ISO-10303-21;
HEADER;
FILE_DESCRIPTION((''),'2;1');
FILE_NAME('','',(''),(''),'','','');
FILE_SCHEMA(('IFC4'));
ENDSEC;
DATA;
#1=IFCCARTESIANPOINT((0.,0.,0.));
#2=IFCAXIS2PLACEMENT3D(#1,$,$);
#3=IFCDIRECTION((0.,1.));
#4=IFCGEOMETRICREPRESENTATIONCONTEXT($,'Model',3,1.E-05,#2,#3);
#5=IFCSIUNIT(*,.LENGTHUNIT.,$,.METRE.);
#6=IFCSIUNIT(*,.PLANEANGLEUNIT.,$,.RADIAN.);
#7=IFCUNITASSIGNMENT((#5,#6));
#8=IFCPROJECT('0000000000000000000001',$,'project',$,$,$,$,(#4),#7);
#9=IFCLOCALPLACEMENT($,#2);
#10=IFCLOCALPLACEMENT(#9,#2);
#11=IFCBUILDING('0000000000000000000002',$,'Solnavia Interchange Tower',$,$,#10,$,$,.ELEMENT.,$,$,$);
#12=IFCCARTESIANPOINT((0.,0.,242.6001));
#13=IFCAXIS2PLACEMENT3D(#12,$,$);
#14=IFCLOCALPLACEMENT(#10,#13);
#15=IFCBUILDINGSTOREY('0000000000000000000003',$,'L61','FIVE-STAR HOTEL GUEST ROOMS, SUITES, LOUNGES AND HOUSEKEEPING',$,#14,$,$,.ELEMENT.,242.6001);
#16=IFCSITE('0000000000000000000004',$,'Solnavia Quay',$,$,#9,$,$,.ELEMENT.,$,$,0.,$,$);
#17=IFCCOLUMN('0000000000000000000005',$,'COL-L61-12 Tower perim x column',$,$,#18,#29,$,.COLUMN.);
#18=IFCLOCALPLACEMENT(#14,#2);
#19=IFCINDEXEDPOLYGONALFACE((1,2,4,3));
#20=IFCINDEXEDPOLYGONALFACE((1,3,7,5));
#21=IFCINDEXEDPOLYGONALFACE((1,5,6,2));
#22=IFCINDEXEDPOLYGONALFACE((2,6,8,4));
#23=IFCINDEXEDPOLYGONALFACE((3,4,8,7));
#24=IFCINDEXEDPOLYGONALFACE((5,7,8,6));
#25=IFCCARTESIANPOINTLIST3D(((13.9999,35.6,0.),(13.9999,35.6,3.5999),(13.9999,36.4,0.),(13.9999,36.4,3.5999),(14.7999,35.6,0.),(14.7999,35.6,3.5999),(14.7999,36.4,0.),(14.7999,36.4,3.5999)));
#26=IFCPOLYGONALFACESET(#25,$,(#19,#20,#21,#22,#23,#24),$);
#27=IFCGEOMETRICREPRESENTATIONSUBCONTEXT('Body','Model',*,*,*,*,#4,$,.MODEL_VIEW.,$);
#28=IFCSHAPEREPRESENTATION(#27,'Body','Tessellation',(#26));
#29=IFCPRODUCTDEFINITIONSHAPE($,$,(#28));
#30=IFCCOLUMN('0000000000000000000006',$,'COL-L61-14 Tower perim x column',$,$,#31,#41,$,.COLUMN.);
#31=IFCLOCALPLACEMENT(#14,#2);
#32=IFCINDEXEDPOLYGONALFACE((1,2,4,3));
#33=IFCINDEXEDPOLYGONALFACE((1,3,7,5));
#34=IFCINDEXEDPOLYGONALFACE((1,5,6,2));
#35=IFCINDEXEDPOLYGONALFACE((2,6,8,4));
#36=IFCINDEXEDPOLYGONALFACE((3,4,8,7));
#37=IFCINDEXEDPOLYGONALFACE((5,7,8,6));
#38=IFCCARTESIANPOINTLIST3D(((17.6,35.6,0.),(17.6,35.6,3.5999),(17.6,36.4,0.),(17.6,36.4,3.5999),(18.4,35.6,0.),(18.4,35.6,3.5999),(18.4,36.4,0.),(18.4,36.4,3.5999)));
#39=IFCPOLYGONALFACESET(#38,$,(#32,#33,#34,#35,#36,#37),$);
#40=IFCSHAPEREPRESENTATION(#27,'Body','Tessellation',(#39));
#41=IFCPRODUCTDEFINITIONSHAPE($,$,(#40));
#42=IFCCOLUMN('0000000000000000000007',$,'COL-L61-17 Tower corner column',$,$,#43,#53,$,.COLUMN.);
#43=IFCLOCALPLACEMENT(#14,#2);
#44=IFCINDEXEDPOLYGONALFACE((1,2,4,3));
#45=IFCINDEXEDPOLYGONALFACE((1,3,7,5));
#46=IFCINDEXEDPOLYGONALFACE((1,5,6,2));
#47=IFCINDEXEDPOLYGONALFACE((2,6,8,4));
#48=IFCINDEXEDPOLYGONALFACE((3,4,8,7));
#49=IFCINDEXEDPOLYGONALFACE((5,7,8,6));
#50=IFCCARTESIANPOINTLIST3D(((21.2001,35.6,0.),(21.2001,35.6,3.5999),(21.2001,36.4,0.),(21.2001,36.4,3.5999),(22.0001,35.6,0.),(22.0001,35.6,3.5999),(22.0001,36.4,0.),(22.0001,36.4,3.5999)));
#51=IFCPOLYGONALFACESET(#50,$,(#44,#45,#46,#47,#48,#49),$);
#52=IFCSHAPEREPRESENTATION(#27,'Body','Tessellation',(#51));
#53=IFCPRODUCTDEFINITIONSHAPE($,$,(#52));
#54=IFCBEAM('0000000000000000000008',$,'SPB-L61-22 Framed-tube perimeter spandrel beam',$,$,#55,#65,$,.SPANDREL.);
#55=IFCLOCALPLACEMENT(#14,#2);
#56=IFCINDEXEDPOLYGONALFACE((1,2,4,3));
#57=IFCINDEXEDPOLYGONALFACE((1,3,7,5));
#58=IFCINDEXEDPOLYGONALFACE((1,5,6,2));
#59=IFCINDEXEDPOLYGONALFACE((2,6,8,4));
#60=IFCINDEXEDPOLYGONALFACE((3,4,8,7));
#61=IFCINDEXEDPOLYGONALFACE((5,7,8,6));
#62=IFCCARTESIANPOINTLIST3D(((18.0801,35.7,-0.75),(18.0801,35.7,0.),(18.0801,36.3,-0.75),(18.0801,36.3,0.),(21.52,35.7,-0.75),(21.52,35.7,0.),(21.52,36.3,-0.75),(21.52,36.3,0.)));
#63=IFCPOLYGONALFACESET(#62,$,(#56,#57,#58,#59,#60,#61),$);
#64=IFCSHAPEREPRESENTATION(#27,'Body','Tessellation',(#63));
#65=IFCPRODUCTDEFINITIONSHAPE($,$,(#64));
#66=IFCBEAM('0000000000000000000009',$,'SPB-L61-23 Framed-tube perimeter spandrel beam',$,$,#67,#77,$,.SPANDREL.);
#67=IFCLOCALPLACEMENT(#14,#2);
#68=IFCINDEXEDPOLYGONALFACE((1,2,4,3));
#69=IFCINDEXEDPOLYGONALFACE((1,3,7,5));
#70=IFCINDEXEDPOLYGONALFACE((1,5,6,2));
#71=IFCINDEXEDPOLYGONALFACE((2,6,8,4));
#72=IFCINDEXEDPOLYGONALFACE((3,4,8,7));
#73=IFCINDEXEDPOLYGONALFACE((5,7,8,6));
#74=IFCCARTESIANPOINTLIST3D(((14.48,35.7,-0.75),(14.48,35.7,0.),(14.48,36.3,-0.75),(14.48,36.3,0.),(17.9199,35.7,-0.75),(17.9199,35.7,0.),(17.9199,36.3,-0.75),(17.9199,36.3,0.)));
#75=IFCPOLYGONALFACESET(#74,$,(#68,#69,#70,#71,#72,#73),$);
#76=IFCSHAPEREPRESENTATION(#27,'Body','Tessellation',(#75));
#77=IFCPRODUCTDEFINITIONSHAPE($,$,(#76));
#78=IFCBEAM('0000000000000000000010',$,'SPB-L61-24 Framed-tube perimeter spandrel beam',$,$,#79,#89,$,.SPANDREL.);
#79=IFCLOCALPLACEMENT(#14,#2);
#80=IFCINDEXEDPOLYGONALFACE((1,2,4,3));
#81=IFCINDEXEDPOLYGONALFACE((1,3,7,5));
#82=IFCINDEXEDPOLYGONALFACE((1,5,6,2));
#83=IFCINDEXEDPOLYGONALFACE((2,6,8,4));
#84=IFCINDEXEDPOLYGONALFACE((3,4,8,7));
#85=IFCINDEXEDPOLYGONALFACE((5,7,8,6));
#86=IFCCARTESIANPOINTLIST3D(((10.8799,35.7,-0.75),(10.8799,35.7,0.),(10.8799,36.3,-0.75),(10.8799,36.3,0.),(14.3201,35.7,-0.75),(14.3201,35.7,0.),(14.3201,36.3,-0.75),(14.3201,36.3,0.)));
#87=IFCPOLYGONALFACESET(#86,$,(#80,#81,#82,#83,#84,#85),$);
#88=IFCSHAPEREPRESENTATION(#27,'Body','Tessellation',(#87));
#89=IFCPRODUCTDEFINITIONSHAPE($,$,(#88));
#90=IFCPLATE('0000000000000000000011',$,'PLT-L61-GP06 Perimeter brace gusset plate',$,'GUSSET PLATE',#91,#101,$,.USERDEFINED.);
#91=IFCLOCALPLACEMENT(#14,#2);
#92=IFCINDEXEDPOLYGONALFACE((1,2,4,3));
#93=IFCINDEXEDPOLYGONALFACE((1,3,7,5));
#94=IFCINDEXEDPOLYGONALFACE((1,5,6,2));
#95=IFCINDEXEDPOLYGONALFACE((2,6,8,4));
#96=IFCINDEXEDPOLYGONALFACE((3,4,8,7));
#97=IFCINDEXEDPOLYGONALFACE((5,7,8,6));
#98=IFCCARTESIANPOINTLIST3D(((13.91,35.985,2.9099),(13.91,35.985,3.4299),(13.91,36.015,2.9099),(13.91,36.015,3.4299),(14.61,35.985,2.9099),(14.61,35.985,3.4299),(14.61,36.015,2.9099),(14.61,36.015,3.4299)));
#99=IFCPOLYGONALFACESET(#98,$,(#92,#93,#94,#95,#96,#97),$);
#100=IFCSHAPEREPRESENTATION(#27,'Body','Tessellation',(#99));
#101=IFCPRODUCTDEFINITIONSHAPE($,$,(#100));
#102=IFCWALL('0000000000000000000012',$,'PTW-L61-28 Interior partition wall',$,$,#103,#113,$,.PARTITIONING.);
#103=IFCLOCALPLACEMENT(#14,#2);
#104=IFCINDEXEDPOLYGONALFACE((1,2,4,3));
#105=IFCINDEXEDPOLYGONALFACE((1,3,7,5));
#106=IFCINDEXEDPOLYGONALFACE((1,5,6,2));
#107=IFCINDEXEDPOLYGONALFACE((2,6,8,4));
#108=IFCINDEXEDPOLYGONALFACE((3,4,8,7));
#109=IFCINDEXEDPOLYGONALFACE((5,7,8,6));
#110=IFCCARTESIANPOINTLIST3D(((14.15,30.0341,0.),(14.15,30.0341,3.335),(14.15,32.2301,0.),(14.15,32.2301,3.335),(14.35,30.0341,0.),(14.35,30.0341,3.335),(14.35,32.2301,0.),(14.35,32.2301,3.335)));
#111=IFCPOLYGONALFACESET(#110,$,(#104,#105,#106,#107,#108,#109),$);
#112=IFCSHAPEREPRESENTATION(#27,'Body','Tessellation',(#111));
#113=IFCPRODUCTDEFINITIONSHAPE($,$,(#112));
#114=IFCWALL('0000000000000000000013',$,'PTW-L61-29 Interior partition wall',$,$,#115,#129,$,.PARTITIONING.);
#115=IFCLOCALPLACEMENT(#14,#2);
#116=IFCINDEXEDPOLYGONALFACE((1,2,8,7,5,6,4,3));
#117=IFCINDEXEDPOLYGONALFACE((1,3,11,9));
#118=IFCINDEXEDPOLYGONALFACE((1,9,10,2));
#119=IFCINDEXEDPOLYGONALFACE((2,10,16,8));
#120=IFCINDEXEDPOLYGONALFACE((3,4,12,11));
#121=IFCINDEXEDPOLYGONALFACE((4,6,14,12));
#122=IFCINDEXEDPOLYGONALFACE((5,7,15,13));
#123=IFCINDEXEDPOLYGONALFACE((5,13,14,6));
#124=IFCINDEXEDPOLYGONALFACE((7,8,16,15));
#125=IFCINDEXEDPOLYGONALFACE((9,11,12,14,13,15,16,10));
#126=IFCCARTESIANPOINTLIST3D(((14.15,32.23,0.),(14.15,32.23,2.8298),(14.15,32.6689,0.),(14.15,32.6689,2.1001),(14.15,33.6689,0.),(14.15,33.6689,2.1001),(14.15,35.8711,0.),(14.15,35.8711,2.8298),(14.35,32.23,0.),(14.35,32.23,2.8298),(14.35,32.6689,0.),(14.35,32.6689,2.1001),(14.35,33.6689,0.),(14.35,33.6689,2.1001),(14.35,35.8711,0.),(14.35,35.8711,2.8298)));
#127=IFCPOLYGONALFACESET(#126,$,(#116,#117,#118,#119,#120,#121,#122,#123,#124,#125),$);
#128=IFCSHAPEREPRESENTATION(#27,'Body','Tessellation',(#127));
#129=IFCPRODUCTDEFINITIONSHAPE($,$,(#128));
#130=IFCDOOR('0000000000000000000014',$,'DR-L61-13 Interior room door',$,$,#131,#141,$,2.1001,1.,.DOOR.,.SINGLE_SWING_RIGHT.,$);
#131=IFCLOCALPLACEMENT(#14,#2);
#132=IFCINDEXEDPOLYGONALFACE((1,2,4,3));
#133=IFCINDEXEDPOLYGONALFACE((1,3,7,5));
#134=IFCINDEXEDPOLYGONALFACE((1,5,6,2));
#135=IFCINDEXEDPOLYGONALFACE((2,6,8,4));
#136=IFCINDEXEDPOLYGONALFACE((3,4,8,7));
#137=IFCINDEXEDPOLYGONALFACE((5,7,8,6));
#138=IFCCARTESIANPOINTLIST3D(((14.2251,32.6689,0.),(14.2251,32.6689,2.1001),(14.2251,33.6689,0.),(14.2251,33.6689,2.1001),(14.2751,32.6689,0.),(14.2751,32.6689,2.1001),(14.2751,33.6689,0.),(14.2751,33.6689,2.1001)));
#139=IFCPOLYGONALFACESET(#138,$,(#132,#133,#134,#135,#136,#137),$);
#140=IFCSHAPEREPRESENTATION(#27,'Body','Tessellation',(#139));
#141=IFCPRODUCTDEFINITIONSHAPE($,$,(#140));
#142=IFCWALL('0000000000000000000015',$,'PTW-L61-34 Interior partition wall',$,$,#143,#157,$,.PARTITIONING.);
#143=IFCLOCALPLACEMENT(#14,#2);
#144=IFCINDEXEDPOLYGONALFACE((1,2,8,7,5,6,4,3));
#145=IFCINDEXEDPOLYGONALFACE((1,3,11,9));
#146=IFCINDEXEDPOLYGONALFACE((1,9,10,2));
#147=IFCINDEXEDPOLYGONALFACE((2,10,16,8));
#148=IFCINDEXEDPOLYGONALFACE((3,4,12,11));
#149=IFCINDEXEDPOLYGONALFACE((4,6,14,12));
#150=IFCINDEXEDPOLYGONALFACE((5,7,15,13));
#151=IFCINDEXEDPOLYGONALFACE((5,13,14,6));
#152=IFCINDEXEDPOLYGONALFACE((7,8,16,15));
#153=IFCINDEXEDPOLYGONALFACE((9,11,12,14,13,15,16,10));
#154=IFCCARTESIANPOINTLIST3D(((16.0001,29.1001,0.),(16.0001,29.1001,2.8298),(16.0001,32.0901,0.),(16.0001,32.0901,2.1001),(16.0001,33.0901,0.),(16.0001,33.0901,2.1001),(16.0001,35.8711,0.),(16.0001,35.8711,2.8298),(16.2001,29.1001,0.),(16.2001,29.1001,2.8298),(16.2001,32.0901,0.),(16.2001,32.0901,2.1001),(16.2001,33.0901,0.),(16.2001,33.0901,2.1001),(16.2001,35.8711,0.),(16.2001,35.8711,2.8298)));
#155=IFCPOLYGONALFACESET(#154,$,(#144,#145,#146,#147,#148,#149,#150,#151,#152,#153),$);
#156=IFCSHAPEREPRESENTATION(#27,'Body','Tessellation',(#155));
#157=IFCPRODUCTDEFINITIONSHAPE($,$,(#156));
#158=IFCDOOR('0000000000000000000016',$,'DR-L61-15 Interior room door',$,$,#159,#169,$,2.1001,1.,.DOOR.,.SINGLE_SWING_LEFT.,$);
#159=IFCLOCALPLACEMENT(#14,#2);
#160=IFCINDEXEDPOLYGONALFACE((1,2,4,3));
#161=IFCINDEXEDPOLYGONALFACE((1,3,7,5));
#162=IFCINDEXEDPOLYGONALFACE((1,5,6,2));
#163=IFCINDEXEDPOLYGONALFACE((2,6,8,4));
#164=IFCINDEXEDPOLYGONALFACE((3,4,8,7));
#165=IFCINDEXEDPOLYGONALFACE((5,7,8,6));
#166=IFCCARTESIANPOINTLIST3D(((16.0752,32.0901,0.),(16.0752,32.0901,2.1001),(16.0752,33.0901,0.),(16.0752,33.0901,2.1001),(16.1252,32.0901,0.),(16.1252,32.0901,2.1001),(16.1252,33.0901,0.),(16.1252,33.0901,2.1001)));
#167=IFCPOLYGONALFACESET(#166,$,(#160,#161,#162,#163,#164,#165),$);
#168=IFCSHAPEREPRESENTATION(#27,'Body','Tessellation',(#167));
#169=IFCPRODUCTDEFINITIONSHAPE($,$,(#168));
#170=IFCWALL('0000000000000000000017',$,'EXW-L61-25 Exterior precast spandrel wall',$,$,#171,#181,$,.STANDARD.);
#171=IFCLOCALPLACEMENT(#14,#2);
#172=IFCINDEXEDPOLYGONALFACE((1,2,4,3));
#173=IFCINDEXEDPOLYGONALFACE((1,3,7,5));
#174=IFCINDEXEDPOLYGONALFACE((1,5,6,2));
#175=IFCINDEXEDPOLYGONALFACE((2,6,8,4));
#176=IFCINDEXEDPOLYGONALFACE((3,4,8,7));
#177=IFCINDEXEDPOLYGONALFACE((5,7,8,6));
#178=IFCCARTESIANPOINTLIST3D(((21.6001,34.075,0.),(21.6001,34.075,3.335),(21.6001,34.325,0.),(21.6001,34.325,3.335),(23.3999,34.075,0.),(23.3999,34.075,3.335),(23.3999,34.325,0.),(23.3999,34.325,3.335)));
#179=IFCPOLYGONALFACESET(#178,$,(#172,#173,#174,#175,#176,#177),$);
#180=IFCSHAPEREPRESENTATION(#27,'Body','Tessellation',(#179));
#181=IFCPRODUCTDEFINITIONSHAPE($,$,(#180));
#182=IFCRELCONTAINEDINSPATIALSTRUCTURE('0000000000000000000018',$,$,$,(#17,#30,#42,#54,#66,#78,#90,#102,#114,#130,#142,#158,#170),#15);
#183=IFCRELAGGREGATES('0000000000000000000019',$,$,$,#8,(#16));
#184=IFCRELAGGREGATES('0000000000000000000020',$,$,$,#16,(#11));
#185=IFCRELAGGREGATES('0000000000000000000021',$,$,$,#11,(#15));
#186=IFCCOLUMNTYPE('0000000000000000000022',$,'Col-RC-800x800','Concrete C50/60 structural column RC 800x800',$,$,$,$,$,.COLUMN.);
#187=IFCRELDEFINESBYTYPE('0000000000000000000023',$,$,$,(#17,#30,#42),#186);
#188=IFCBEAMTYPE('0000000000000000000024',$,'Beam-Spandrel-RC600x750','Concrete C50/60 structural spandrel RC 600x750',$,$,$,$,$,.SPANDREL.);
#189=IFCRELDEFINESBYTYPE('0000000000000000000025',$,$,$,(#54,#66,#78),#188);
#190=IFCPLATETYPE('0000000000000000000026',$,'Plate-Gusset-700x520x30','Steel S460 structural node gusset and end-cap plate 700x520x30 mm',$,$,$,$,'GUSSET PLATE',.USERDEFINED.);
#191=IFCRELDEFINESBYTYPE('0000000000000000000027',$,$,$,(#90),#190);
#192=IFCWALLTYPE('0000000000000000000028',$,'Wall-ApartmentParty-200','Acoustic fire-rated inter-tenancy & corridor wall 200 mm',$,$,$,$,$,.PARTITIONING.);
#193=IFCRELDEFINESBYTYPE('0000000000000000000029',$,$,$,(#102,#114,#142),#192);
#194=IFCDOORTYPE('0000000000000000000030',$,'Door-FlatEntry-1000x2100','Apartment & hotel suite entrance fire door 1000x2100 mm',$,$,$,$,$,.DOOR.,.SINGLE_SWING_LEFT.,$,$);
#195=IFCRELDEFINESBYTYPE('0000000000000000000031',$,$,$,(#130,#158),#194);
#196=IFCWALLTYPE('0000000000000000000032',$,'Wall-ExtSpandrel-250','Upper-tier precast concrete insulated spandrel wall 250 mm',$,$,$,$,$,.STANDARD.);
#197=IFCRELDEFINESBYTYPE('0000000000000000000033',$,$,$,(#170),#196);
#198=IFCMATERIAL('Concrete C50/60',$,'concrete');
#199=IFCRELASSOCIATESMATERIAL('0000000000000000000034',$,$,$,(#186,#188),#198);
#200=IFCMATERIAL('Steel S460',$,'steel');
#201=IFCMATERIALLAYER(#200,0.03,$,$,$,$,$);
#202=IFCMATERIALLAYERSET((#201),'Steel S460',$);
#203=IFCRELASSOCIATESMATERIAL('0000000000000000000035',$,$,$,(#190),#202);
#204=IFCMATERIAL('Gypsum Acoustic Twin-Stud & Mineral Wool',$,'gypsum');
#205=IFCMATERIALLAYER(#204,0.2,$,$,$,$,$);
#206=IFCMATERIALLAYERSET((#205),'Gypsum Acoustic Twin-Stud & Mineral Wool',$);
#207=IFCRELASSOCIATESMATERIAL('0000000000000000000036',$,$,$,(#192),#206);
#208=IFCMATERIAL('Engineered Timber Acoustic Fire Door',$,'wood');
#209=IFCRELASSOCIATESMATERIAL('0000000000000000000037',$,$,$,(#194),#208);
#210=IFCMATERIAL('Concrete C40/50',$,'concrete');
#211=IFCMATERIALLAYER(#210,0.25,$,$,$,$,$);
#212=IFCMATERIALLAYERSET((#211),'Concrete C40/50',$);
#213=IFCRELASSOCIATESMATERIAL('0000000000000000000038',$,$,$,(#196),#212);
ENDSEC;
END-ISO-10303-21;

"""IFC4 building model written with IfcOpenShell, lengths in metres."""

from ifc_helpers import new_model, si_unit, direction, frame, frame_2d, origin, origin_2d, place, context, subcontext, project, spatial, rectangle, extrude, material, layer, layer_set, material_profile, profile_set, type_object, element, fill, save


model = new_model("IFC4")

# Units and contexts
model_context = context("Model", 3, precision=1e-05, world=origin(), true_north=direction((0.0, 1.0)))
body_context = subcontext(model_context, "Body", "Model", "MODEL_VIEW")
ifc_project = project(units=[si_unit("LENGTHUNIT", "METRE"), si_unit("PLANEANGLEUNIT", "RADIAN")], contexts=[model_context])

# Site, building, storey
site_placement = place(None, origin())
site = spatial("IfcSite", under=ifc_project, at=site_placement, Name="Solnavia Quay", CompositionType="ELEMENT", RefElevation=0.0)
building_placement = place(site_placement, origin())
building = spatial("IfcBuilding", under=site, at=building_placement, Name="Solnavia Interchange Tower", CompositionType="ELEMENT")
storey_placement = place(building_placement, frame((0.0, 0.0, 242.6001)))
storey = spatial("IfcBuildingStorey", under=building, at=storey_placement, Name="L61", Description="FIVE-STAR HOTEL GUEST ROOMS, SUITES, LOUNGES AND HOUSEKEEPING", CompositionType="ELEMENT", Elevation=242.6001)

# Columns
ifc_material_1 = material(Name="Concrete C50/60", Category="concrete")
ifc_material_profile_1 = material_profile(ifc_material_1, rectangle(XDim=0.8, YDim=0.8, at=origin_2d()), Name="RC 800x800")
ifc_profile_set_1 = profile_set([ifc_material_profile_1], Name="Concrete C50/60")
column_type = type_object("IfcColumnType", Name="Col-RC-800x800", Description="Concrete C50/60 structural column RC 800x800", PredefinedType="COLUMN", material=ifc_profile_set_1)
for number, where, z_axis, x_axis, name in (
    (1, (14.3999, 36.0, 0.0), (0.0, 0.0, 1.0), (1.0, 0.0, 0.0), "COL-L61-12 Tower perim x column"),
    (2, (18.0, 36.0, 0.0), (0.0, 0.0, 1.0), (1.0, 0.0, 0.0), "COL-L61-14 Tower perim x column"),
    (3, (21.6001, 36.0, 0.0), (0.0, 0.0, 1.0), (1.0, 0.0, 0.0), "COL-L61-17 Tower corner column"),
):
    element("IfcColumn", number, at=place(storey_placement, frame(where, z_axis=z_axis, x_axis=x_axis)), inside=storey, type_object=column_type, Name=name, PredefinedType="COLUMN", context=body_context, shape_type="SweptSolid", body=[
        extrude(rectangle(XDim=0.8, YDim=0.8, at=origin_2d()), origin(), (0.0, 0.0, 1.0), 3.5999),
    ])

# Beams
ifc_material_profile_2 = material_profile(ifc_material_1, rectangle(XDim=0.6001, YDim=0.75, at=origin_2d()), Name="RC 600x750")
ifc_profile_set_2 = profile_set([ifc_material_profile_2], Name="Concrete C50/60")
beam_type = type_object("IfcBeamType", Name="Beam-Spandrel-RC600x750", Description="Concrete C50/60 structural spandrel RC 600x750", PredefinedType="SPANDREL", material=ifc_profile_set_2)
for number, where, z_axis, x_axis, name in (
    (4, (21.52, 36.0, -0.375), (-1.0, 0.0, 0.0), (0.0, -1.0, 0.0), "SPB-L61-22 Framed-tube perimeter spandrel beam"),
    (5, (17.9199, 36.0, -0.375), (-1.0, 0.0, 0.0), (0.0, -1.0, 0.0), "SPB-L61-23 Framed-tube perimeter spandrel beam"),
):
    element("IfcBeam", number, at=place(storey_placement, frame(where, z_axis=z_axis, x_axis=x_axis)), inside=storey, type_object=beam_type, Name=name, PredefinedType="SPANDREL", context=body_context, shape_type="SweptSolid", body=[
        extrude(rectangle(XDim=0.6001, YDim=0.75, at=origin_2d()), origin(), (0.0, 0.0, 1.0), 3.4399),
    ])
beam_placement = place(storey_placement, frame((14.3201, 36.0, -0.375), z_axis=(-1.0, 0.0, 0.0), x_axis=(0.0, -1.0, 0.0)))
element("IfcBeam", 6, at=beam_placement, inside=storey, type_object=beam_type, Name="SPB-L61-24 Framed-tube perimeter spandrel beam", PredefinedType="SPANDREL", context=body_context, shape_type="SweptSolid", body=[
    extrude(rectangle(XDim=0.6001, YDim=0.75, at=origin_2d()), origin(), (0.0, 0.0, 1.0), 3.4402),
])

# Plate
ifc_material_2 = material(Name="Steel S460", Category="steel")
ifc_layer_1 = layer(ifc_material_2, 0.03)
ifc_layer_set_1 = layer_set([ifc_layer_1], Name="Steel S460")
plate_type = type_object("IfcPlateType", Name="Plate-Gusset-700x520x30", Description="Steel S460 structural node gusset and end-cap plate 700x520x30 mm", ElementType="GUSSET PLATE", PredefinedType="USERDEFINED", material=ifc_layer_set_1)
plate_placement = place(storey_placement, frame((14.26, 36.0, 2.9099), z_axis=(0.0, 0.0, 1.0), x_axis=(1.0, 0.0, 0.0)))
element("IfcPlate", 7, at=plate_placement, inside=storey, type_object=plate_type, Name="PLT-L61-GP06 Perimeter brace gusset plate", ObjectType="GUSSET PLATE", PredefinedType="USERDEFINED", context=body_context, shape_type="SweptSolid", body=[
    extrude(rectangle(XDim=0.7, YDim=0.03, at=origin_2d()), origin(), (0.0, 0.0, 1.0), 0.52),
])

# Wall
ifc_material_3 = material(Name="Gypsum Acoustic Twin-Stud & Mineral Wool", Category="gypsum")
ifc_layer_2 = layer(ifc_material_3, 0.2)
ifc_layer_set_2 = layer_set([ifc_layer_2], Name="Gypsum Acoustic Twin-Stud & Mineral Wool")
wall_type_1 = type_object("IfcWallType", Name="Wall-ApartmentParty-200", Description="Acoustic fire-rated inter-tenancy & corridor wall 200 mm", PredefinedType="PARTITIONING", material=ifc_layer_set_2)
wall_1_placement = place(storey_placement, frame((14.25, 30.0339, 0.0), z_axis=(0.0, 0.0, 1.0), x_axis=(0.0, 1.0, 0.0)))
element("IfcWall", 8, at=wall_1_placement, inside=storey, type_object=wall_type_1, Name="PTW-L61-28 Interior partition wall", PredefinedType="PARTITIONING", context=body_context, shape_type="SweptSolid", body=[
    extrude(rectangle(XDim=2.196, YDim=0.2, at=frame_2d((1.0981, 0.0))), origin(), (0.0, 0.0, 1.0), 3.335),
])

# Walls, openings, doors
wall_2_placement = place(storey_placement, frame((14.25, 32.23, 0.0), z_axis=(0.0, 0.0, 1.0), x_axis=(0.0, 1.0, 0.0)))
wall_2 = element("IfcWall", 9, at=wall_2_placement, inside=storey, type_object=wall_type_1, Name="PTW-L61-29 Interior partition wall", PredefinedType="PARTITIONING", context=body_context, shape_type="SweptSolid", body=[
    extrude(rectangle(XDim=3.6411, YDim=0.2, at=frame_2d((1.8206, 0.0))), origin(), (0.0, 0.0, 1.0), 2.8298),
])
opening_1_placement = place(wall_2_placement, frame((0.439, 0.0, 0.0)))
opening_1 = element("IfcOpeningElement", 10, at=opening_1_placement, cuts=wall_2, PredefinedType="OPENING", context=body_context, shape_type="SweptSolid", body=[
    extrude(rectangle(XDim=1.0, YDim=2.1001, at=frame_2d((0.5, 1.05))), frame((0.0, 0.1099, 0.0), z_axis=(0.0, -1.0, 0.0), x_axis=(1.0, 0.0, 0.0)), (0.0, 0.0, 1.0), 0.22),
])
ifc_material_4 = material(Name="Engineered Timber Acoustic Fire Door", Category="wood")
door_type_1 = type_object("IfcDoorType", Name="Door-FlatEntry-1000x2100", Description="Apartment & hotel suite entrance fire door 1000x2100 mm", OperationType="SINGLE_SWING_LEFT", PredefinedType="DOOR", material=ifc_material_4)
door_1_placement = place(opening_1_placement, origin())
door_1 = element("IfcDoor", 11, at=door_1_placement, inside=storey, type_object=door_type_1, Name="DR-L61-13 Interior room door", OperationType="SINGLE_SWING_RIGHT", OverallHeight=2.1001, OverallWidth=1.0, PredefinedType="DOOR", context=body_context, shape_type="SweptSolid", body=[
    extrude(rectangle(XDim=1.0, YDim=2.1001, at=frame_2d((0.5, 1.05))), frame((0.0, 0.0249, 0.0), z_axis=(0.0, -1.0, 0.0), x_axis=(1.0, 0.0, 0.0)), (0.0, 0.0, 1.0), 0.05),
])
fill(opening_1, door_1)
wall_3_placement = place(storey_placement, frame((16.1001, 29.1001, 0.0), z_axis=(0.0, 0.0, 1.0), x_axis=(0.0, 1.0, 0.0)))
wall_3 = element("IfcWall", 12, at=wall_3_placement, inside=storey, type_object=wall_type_1, Name="PTW-L61-34 Interior partition wall", PredefinedType="PARTITIONING", context=body_context, shape_type="SweptSolid", body=[
    extrude(rectangle(XDim=6.771, YDim=0.2, at=frame_2d((3.3855, 0.0))), origin(), (0.0, 0.0, 1.0), 2.8298),
])
opening_2_placement = place(wall_3_placement, frame((2.99, 0.0, 0.0)))
opening_2 = element("IfcOpeningElement", 13, at=opening_2_placement, cuts=wall_3, PredefinedType="OPENING", context=body_context, shape_type="SweptSolid", body=[
    extrude(rectangle(XDim=1.0, YDim=2.1001, at=frame_2d((0.5, 1.05))), frame((0.0, 0.1099, 0.0), z_axis=(0.0, -1.0, 0.0), x_axis=(1.0, 0.0, 0.0)), (0.0, 0.0, 1.0), 0.22),
])
door_2_placement = place(opening_2_placement, origin())
door_2 = element("IfcDoor", 14, at=door_2_placement, inside=storey, type_object=door_type_1, Name="DR-L61-15 Interior room door", OperationType="SINGLE_SWING_LEFT", OverallHeight=2.1001, OverallWidth=1.0, PredefinedType="DOOR", context=body_context, shape_type="SweptSolid", body=[
    extrude(rectangle(XDim=1.0, YDim=2.1001, at=frame_2d((0.5, 1.05))), frame((0.0, 0.0249, 0.0), z_axis=(0.0, -1.0, 0.0), x_axis=(1.0, 0.0, 0.0)), (0.0, 0.0, 1.0), 0.05),
])
fill(opening_2, door_2)

# Wall
ifc_material_5 = material(Name="Concrete C40/50", Category="concrete")
ifc_layer_3 = layer(ifc_material_5, 0.25)
ifc_layer_set_3 = layer_set([ifc_layer_3], Name="Concrete C40/50")
wall_type_2 = type_object("IfcWallType", Name="Wall-ExtSpandrel-250", Description="Upper-tier precast concrete insulated spandrel wall 250 mm", PredefinedType="STANDARD", material=ifc_layer_set_3)
wall_4_placement = place(storey_placement, frame((21.6001, 34.2, 0.0), z_axis=(0.0, 0.0, 1.0), x_axis=(1.0, 0.0, 0.0)))
element("IfcWall", 15, at=wall_4_placement, inside=storey, type_object=wall_type_2, Name="EXW-L61-25 Exterior precast spandrel wall", PredefinedType="STANDARD", context=body_context, shape_type="SweptSolid", body=[
    extrude(rectangle(XDim=1.7998, YDim=0.25, at=frame_2d((0.8999, 0.0))), origin(), (0.0, 0.0, 1.0), 3.335),
])

save(model, "model.ifc")
